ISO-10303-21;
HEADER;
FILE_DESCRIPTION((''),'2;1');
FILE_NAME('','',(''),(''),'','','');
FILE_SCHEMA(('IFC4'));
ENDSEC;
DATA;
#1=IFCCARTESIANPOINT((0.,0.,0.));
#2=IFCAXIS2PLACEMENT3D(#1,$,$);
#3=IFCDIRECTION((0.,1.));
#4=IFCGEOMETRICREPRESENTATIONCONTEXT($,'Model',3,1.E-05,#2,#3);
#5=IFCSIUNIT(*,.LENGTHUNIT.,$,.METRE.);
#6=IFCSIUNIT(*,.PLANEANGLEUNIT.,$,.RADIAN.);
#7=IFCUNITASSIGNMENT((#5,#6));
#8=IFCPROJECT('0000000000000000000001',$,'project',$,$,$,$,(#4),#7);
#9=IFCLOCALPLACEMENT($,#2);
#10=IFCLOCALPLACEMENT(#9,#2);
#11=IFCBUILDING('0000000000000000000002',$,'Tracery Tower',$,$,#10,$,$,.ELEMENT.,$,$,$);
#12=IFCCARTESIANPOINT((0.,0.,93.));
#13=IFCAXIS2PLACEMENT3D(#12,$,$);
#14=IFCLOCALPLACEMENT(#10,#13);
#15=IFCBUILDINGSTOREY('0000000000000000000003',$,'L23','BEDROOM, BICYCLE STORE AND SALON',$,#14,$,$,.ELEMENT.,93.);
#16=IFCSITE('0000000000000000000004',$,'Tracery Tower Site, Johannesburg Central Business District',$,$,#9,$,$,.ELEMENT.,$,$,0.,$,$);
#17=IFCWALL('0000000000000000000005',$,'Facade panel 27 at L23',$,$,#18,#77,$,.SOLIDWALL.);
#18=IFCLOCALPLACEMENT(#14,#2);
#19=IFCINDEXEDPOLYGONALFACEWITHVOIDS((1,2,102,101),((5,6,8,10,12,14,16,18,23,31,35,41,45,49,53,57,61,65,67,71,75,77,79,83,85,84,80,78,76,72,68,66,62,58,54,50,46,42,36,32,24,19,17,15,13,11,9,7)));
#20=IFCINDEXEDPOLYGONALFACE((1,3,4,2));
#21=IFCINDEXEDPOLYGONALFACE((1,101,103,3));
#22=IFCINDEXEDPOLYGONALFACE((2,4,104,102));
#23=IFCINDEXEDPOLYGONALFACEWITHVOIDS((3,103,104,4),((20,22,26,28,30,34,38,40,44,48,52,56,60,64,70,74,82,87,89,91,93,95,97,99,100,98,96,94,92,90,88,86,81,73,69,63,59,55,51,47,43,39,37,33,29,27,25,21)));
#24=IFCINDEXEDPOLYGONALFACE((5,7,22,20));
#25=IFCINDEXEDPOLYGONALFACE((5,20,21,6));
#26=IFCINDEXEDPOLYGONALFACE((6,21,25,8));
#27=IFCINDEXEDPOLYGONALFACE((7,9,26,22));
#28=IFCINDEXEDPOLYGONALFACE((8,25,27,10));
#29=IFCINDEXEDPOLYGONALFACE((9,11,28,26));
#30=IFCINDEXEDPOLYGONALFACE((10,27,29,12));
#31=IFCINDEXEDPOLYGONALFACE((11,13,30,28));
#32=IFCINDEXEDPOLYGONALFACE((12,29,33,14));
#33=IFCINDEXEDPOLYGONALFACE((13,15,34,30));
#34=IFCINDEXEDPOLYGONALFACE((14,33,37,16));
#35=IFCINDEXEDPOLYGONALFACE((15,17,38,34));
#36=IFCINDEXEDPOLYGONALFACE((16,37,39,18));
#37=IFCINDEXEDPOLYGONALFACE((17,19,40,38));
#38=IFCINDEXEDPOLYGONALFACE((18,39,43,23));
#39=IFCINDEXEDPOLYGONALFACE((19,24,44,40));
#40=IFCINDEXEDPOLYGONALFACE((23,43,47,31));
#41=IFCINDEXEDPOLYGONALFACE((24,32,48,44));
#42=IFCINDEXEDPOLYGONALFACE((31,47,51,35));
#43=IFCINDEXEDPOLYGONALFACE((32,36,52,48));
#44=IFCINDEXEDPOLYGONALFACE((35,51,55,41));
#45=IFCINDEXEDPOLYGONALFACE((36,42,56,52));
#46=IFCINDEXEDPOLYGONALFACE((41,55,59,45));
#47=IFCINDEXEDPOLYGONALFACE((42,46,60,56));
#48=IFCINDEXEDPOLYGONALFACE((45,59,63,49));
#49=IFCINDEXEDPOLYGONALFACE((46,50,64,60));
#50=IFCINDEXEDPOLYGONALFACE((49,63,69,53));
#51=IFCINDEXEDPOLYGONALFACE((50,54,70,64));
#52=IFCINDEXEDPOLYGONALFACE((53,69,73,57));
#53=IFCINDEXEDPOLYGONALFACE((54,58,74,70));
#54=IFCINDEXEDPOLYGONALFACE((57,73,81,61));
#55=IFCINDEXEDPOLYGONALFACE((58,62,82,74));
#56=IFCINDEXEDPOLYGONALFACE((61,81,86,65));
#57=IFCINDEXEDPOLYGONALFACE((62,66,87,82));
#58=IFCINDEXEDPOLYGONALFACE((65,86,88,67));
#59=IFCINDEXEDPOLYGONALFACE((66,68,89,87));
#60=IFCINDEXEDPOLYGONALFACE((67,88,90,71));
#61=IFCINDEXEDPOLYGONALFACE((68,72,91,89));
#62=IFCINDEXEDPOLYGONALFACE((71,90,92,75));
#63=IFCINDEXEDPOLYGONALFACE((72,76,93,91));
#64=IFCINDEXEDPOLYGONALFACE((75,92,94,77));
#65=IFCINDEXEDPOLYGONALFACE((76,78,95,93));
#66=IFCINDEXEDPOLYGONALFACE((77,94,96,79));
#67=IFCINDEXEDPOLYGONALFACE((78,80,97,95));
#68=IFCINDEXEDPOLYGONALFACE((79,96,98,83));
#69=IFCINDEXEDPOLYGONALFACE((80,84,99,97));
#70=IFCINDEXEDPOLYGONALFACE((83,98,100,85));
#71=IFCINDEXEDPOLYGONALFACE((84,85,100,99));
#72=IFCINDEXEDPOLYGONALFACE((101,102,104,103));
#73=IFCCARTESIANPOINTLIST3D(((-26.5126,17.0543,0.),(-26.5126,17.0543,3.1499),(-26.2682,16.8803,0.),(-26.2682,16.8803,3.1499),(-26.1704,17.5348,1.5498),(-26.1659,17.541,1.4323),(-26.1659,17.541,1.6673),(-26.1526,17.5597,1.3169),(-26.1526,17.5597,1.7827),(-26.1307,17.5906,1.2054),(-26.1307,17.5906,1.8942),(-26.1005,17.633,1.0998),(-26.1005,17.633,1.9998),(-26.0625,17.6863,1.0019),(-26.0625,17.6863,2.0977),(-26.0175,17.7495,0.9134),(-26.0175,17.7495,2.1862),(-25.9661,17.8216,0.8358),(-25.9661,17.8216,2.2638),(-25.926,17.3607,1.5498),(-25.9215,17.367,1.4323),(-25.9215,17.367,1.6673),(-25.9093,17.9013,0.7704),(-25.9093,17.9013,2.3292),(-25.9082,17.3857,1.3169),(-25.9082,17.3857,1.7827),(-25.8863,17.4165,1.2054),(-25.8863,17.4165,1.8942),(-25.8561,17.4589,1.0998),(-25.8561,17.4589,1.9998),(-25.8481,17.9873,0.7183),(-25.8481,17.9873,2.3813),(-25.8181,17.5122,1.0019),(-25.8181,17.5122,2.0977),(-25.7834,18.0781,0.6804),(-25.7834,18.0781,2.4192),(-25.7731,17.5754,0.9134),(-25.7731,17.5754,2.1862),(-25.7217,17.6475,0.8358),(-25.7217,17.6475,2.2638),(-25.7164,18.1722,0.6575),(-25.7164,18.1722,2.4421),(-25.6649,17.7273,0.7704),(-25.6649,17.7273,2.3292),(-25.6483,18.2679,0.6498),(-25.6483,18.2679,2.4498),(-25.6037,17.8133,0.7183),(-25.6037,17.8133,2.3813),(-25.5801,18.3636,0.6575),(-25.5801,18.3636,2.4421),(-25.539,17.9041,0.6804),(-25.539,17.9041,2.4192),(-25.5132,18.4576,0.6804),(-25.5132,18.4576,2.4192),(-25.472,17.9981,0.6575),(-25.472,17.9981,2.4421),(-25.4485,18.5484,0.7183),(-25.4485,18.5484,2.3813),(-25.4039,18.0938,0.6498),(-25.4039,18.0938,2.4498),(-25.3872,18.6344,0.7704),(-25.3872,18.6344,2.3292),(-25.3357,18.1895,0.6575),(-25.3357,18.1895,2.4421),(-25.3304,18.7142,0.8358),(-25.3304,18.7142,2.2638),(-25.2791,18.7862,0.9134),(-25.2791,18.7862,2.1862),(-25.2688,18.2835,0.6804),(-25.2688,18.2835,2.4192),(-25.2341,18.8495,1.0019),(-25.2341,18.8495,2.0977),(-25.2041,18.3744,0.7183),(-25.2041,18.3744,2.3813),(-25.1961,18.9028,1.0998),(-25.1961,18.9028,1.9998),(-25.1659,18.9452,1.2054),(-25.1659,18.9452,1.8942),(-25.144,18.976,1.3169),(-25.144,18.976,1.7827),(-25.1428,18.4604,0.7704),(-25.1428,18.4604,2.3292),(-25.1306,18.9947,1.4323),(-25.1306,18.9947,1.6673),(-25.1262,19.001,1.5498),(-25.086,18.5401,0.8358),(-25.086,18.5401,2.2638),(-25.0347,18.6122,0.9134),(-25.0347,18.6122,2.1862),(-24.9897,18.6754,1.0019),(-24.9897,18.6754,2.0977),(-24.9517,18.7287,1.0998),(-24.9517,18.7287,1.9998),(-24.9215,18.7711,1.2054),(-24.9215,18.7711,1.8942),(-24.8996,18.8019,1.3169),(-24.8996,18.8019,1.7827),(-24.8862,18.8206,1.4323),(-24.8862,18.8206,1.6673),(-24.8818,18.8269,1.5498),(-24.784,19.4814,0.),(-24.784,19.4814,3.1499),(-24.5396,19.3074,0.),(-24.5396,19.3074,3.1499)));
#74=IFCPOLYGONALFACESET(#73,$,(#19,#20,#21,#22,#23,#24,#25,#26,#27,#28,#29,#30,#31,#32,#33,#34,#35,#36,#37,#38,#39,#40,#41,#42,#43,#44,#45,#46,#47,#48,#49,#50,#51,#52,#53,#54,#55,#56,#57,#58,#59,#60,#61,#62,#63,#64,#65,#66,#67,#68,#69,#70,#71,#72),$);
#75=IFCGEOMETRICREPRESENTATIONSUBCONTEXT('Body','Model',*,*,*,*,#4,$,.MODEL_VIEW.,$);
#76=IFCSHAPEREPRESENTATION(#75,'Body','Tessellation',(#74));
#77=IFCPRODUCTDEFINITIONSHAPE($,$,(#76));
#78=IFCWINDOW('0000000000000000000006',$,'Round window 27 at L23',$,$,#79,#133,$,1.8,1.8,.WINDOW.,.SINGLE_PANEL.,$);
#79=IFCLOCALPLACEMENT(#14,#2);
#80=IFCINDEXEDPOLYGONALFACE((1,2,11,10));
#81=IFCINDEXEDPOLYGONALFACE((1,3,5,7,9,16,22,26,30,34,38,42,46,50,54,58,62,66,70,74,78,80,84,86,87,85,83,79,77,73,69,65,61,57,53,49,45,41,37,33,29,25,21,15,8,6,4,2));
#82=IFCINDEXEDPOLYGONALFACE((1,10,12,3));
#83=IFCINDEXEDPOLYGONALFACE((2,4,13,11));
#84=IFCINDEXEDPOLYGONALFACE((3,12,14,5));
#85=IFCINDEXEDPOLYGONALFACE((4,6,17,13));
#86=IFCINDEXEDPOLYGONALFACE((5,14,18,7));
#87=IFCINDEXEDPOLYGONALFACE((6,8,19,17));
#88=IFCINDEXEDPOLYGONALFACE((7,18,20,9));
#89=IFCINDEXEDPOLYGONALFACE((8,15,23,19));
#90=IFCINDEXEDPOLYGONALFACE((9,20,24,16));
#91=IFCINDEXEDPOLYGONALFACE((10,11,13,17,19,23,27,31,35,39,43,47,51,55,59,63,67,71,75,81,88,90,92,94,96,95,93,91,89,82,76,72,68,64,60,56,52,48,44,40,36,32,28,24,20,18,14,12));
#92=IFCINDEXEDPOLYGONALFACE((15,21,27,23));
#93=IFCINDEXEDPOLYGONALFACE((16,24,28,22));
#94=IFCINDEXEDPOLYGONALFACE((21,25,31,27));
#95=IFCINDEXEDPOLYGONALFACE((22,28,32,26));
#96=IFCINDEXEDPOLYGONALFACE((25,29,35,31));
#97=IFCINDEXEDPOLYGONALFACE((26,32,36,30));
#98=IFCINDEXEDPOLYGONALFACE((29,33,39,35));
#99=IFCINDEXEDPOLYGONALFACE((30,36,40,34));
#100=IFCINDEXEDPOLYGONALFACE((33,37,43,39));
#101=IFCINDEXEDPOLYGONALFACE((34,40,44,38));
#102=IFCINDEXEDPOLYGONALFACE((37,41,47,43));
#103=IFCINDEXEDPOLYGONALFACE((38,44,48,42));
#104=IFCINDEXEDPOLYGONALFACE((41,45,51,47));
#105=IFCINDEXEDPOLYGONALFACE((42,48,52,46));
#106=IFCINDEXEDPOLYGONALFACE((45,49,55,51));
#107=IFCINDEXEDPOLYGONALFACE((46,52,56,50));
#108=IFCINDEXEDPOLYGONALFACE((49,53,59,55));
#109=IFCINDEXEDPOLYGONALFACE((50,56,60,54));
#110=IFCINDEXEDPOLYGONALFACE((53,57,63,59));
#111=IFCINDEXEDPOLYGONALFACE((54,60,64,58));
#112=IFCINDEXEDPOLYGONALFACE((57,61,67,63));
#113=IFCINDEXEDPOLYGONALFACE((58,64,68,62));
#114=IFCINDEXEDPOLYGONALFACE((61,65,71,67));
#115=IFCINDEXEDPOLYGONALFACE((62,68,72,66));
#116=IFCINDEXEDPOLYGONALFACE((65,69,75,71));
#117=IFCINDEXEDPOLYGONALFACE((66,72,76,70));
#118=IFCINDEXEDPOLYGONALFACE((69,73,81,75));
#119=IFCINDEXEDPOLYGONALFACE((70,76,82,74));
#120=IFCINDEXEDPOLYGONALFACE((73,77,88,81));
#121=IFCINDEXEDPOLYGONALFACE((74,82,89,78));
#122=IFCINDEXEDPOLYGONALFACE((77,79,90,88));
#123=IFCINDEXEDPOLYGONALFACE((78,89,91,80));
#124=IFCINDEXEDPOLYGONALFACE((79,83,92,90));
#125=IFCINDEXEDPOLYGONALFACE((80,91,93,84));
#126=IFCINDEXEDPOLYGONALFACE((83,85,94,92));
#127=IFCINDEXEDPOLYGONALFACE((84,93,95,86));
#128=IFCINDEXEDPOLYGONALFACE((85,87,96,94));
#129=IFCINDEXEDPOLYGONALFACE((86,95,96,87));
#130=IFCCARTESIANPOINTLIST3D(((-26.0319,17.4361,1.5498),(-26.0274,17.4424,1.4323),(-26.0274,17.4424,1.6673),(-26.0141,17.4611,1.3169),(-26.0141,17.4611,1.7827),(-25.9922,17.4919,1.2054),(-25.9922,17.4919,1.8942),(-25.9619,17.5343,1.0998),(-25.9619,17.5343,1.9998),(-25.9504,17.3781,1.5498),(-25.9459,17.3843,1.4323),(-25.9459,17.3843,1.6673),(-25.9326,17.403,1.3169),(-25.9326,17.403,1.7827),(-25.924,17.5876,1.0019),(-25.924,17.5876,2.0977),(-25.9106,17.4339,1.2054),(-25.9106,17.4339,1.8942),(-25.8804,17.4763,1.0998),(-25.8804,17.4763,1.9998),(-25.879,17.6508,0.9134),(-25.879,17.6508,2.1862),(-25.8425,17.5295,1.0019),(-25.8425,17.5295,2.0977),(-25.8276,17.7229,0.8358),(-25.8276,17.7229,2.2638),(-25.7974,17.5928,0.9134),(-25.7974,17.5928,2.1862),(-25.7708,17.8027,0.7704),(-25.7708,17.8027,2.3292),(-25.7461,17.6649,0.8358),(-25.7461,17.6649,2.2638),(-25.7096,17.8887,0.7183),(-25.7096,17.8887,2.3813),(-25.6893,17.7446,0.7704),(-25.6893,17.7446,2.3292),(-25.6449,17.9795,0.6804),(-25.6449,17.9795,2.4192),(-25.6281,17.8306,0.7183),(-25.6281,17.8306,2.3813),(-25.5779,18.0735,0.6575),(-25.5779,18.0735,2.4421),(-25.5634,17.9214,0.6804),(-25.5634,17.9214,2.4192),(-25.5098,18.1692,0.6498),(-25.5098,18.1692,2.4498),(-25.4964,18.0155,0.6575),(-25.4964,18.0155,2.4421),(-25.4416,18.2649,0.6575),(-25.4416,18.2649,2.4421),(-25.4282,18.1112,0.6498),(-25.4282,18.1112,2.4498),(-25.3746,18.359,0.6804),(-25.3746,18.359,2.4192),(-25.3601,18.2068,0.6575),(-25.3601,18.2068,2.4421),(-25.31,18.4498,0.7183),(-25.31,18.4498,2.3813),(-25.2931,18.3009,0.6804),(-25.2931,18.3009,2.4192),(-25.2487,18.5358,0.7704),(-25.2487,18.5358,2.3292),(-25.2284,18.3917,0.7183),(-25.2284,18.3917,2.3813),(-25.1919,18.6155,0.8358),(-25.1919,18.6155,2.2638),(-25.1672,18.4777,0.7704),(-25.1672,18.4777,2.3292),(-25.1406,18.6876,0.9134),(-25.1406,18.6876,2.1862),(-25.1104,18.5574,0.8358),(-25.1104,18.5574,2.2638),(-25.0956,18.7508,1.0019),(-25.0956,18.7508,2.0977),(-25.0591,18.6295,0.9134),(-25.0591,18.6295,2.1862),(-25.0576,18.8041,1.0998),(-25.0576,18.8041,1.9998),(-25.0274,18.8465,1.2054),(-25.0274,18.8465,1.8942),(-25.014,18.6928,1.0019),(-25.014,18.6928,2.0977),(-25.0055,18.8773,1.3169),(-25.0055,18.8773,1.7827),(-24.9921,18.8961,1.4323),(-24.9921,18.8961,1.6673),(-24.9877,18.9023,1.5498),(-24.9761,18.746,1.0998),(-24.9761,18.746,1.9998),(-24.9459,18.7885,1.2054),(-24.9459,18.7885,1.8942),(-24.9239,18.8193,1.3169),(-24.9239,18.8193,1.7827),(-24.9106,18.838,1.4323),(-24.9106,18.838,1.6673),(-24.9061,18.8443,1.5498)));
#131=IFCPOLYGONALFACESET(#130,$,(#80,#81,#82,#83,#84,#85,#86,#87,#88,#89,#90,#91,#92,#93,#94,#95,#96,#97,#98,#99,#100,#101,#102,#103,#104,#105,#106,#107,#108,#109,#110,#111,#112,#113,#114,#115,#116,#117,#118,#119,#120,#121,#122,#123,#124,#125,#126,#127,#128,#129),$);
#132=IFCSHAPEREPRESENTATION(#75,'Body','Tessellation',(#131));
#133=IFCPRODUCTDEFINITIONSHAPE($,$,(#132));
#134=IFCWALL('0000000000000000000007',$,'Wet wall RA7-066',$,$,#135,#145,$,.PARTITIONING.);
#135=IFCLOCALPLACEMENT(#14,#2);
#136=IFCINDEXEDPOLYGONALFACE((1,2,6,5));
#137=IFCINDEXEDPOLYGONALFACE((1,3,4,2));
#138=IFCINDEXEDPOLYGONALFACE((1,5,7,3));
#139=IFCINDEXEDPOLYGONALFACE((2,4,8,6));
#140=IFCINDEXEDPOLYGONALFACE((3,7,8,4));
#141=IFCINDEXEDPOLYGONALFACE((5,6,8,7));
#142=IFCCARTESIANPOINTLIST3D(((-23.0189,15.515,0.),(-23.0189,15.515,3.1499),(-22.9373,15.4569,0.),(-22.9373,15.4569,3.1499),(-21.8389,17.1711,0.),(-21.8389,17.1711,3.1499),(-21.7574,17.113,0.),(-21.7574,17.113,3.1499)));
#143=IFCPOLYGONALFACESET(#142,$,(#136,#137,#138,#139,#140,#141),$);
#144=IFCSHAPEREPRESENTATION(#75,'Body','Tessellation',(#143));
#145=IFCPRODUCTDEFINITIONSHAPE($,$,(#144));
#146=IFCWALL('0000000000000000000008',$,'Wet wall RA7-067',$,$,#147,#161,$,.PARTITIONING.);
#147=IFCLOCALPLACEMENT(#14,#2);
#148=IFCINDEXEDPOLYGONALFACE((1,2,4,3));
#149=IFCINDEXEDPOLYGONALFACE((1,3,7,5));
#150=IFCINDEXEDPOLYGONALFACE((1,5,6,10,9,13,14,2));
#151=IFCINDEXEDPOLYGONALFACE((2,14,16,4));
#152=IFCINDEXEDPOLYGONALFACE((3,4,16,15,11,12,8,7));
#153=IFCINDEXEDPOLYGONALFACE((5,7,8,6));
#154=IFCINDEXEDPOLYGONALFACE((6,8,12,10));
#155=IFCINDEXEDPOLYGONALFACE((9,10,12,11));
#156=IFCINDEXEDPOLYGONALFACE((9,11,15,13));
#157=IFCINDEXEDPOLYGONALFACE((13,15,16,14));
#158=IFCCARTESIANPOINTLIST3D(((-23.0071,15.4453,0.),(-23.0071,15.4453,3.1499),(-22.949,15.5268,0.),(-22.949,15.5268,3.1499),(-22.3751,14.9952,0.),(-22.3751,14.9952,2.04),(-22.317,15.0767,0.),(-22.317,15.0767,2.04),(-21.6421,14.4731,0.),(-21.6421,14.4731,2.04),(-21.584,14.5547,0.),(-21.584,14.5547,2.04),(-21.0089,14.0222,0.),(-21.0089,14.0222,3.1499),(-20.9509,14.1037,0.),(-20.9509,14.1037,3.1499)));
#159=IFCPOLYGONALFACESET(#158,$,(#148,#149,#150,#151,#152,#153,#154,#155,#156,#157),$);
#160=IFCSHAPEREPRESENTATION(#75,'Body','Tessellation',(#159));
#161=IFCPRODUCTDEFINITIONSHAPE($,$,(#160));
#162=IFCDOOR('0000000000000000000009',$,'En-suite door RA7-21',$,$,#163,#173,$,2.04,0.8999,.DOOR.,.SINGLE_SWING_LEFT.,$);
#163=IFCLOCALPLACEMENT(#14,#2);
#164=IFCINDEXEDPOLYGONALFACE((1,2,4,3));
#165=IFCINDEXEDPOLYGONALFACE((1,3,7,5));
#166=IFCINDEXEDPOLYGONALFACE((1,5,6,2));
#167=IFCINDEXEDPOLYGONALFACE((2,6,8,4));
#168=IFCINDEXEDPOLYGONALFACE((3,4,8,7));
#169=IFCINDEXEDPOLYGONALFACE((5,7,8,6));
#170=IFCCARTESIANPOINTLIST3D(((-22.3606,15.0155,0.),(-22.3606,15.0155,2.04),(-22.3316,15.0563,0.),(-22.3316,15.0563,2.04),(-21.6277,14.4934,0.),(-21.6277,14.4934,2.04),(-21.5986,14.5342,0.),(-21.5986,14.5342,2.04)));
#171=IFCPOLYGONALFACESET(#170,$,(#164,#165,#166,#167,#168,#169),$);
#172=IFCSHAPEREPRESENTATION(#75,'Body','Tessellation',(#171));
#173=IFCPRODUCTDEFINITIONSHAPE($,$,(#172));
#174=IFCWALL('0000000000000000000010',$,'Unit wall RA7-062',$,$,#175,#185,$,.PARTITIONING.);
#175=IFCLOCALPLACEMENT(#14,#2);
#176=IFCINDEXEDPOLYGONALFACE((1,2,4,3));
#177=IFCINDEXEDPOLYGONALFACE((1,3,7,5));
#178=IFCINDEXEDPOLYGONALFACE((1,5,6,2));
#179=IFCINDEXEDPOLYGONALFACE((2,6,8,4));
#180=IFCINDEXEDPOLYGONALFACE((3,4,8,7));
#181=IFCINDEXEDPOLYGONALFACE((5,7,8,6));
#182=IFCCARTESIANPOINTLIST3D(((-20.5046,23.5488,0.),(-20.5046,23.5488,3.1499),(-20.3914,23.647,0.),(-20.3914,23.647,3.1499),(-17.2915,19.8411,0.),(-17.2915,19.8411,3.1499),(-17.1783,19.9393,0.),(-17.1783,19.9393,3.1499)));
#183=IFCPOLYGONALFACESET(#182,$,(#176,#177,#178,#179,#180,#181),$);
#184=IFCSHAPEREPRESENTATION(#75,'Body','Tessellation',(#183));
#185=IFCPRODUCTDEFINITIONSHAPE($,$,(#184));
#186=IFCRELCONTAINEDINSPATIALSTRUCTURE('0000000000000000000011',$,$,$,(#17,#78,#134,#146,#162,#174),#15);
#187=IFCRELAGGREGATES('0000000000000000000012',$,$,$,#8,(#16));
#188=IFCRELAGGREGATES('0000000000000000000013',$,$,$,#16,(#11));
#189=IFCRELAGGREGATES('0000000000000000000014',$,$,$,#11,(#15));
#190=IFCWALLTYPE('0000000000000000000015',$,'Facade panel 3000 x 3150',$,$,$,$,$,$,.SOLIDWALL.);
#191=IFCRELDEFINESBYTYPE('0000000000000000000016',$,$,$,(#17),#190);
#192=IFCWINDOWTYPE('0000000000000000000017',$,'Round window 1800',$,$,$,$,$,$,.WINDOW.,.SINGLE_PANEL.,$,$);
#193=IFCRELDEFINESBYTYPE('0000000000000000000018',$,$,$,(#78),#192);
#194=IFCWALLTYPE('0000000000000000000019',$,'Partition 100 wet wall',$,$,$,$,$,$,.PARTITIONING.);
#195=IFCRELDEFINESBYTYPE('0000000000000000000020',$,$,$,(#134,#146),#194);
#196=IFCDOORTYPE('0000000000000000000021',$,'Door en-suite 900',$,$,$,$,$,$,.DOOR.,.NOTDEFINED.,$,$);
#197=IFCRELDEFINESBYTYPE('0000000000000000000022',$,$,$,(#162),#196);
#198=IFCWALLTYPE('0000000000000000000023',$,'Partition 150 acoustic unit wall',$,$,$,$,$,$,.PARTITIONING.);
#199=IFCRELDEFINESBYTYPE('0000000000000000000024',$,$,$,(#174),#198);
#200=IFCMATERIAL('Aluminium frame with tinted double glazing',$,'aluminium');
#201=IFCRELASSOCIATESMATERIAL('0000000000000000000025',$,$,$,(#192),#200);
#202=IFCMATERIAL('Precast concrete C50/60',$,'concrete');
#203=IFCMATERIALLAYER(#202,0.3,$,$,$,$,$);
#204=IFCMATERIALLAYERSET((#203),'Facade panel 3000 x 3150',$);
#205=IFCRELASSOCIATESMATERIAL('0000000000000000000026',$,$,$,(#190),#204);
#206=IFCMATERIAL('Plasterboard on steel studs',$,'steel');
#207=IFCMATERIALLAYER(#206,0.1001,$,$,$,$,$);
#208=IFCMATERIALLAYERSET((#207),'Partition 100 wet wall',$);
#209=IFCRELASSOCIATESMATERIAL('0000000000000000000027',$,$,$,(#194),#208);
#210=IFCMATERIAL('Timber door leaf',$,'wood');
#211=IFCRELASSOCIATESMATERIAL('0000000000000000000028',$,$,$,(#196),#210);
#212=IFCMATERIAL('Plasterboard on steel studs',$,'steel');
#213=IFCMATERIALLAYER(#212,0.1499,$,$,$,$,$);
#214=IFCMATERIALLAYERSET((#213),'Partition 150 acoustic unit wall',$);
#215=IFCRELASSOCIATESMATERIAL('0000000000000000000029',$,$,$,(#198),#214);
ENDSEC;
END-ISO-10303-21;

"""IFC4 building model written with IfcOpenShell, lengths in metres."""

from ifc_helpers import new_model, si_unit, direction, frame, frame_2d, origin, origin_2d, place, context, subcontext, project, spatial, rectangle, circle, extrude, material, layer, layer_set, type_object, element, fill, save


model = new_model("IFC4")

# Units and contexts
model_context = context("Model", 3, precision=1e-05, world=origin(), true_north=direction((0.0, 1.0)))
body_context = subcontext(model_context, "Body", "Model", "MODEL_VIEW")
ifc_project = project(units=[si_unit("LENGTHUNIT", "METRE"), si_unit("PLANEANGLEUNIT", "RADIAN")], contexts=[model_context])

# Site, building, storey
site_placement = place(None, origin())
site = spatial("IfcSite", under=ifc_project, at=site_placement, Name="Tracery Tower Site, Johannesburg Central Business District", CompositionType="ELEMENT", RefElevation=0.0)
building_placement = place(site_placement, origin())
building = spatial("IfcBuilding", under=site, at=building_placement, Name="Tracery Tower", CompositionType="ELEMENT")
storey_placement = place(building_placement, frame((0.0, 0.0, 93.0)))
storey = spatial("IfcBuildingStorey", under=building, at=storey_placement, Name="L23", Description="BEDROOM, BICYCLE STORE AND SALON", CompositionType="ELEMENT", Elevation=93.0)

# Wall, opening, window
ifc_material_1 = material(Name="Aluminium frame with tinted double glazing", Category="aluminium")
window_type = type_object("IfcWindowType", Name="Round window 1800", PartitioningType="SINGLE_PANEL", PredefinedType="WINDOW", material=ifc_material_1)
ifc_material_2 = material(Name="Precast concrete C50/60", Category="concrete")
ifc_layer_1 = layer(ifc_material_2, 0.3)
ifc_layer_set_1 = layer_set([ifc_layer_1], Name="Facade panel 3000 x 3150")
wall_type_1 = type_object("IfcWallType", Name="Facade panel 3000 x 3150", PredefinedType="SOLIDWALL", material=ifc_layer_set_1)
wall_1_placement = place(storey_placement, frame((-24.6619, 19.3943, 0.0), z_axis=(0.0, 0.0, 1.0), x_axis=(-0.580114, -0.814535, 0.0)))
wall_1 = element("IfcWall", 1, at=wall_1_placement, inside=storey, type_object=wall_type_1, Name="Facade panel 27 at L23", PredefinedType="SOLIDWALL", context=body_context, shape_type="SweptSolid", body=[
    extrude(rectangle(XDim=2.9797, YDim=0.3, at=frame_2d((1.4897, 0.0))), origin(), (0.0, 0.0, 1.0), 3.1499),
])
opening_1_placement = place(wall_1_placement, frame((1.4897, 0.0, 1.5498)))
opening_1 = element("IfcOpeningElement", 2, at=opening_1_placement, cuts=wall_1, PredefinedType="OPENING", context=body_context, shape_type="SweptSolid", body=[
    extrude(circle(Radius=0.9, at=origin_2d()), frame((0.0, 0.1599, 0.0), z_axis=(0.0, -1.0, 0.0), x_axis=(1.0, 0.0, 0.0)), (0.0, 0.0, 1.0), 0.3201),
])
window_1_placement = place(opening_1_placement, origin())
window_1 = element("IfcWindow", 3, at=window_1_placement, inside=storey, type_object=window_type, Name="Round window 27 at L23", OverallHeight=1.8, OverallWidth=1.8, PartitioningType="SINGLE_PANEL", PredefinedType="WINDOW", context=body_context, shape_type="SweptSolid", body=[
    extrude(circle(Radius=0.9, at=origin_2d()), frame((0.0, 0.1201, 0.0), z_axis=(0.0, -1.0, 0.0), x_axis=(1.0, 0.0, 0.0)), (0.0, 0.0, 1.0), 0.1001),
])
fill(opening_1, window_1)

# Wall
ifc_material_3 = material(Name="Plasterboard on steel studs", Category="steel")
ifc_layer_2 = layer(ifc_material_3, 0.1001)
ifc_layer_set_2 = layer_set([ifc_layer_2], Name="Partition 100 wet wall")
wall_type_2 = type_object("IfcWallType", Name="Partition 100 wet wall", PredefinedType="PARTITIONING", material=ifc_layer_set_2)
wall_2_placement = place(storey_placement, frame((-22.978, 15.4861, 0.0), z_axis=(0.0, 0.0, 1.0), x_axis=(0.580284, 0.814414, 0.0)))
element("IfcWall", 4, at=wall_2_placement, inside=storey, type_object=wall_type_2, Name="Wet wall RA7-066", PredefinedType="PARTITIONING", context=body_context, shape_type="SweptSolid", body=[
    extrude(rectangle(XDim=2.0334, YDim=0.1001, at=frame_2d((1.0166, 0.0))), origin(), (0.0, 0.0, 1.0), 3.1499),
])

# Wall, opening, door
wall_3_placement = place(storey_placement, frame((-22.978, 15.4861, 0.0), z_axis=(0.0, 0.0, 1.0), x_axis=(0.81452, -0.580136, 0.0)))
wall_3 = element("IfcWall", 5, at=wall_3_placement, inside=storey, type_object=wall_type_2, Name="Wet wall RA7-067", PredefinedType="PARTITIONING", context=body_context, shape_type="SweptSolid", body=[
    extrude(rectangle(XDim=2.4531, YDim=0.1001, at=frame_2d((1.2266, 0.0))), origin(), (0.0, 0.0, 1.0), 3.1499),
])
opening_2_placement = place(wall_3_placement, frame((0.7759, 0.0, 0.0)))
opening_2 = element("IfcOpeningElement", 6, at=opening_2_placement, cuts=wall_3, PredefinedType="OPENING", context=body_context, shape_type="SweptSolid", body=[
    extrude(rectangle(XDim=0.8999, YDim=2.04, at=frame_2d((0.45, 1.02))), frame((0.0, 0.05, 0.0), z_axis=(0.0, -1.0, 0.0), x_axis=(1.0, 0.0, 0.0)), (0.0, 0.0, 1.0), 0.1001),
])
ifc_material_4 = material(Name="Timber door leaf", Category="wood")
door_type = type_object("IfcDoorType", Name="Door en-suite 900", OperationType="NOTDEFINED", PredefinedType="DOOR", material=ifc_material_4)
door_placement = place(opening_2_placement, origin())
door = element("IfcDoor", 7, at=door_placement, inside=storey, type_object=door_type, Name="En-suite door RA7-21", OperationType="SINGLE_SWING_LEFT", OverallHeight=2.04, OverallWidth=0.8999, PredefinedType="DOOR", context=body_context, shape_type="SweptSolid", body=[
    extrude(rectangle(XDim=0.8999, YDim=2.04, at=frame_2d((0.45, 1.02))), frame((0.0, 0.0249, 0.0), z_axis=(0.0, -1.0, 0.0), x_axis=(1.0, 0.0, 0.0)), (0.0, 0.0, 1.0), 0.05),
])
fill(opening_2, door)

# Wall
ifc_material_5 = material(Name="Plasterboard on steel studs", Category="steel")
ifc_layer_3 = layer(ifc_material_5, 0.1499)
ifc_layer_set_3 = layer_set([ifc_layer_3], Name="Partition 150 acoustic unit wall")
wall_type_3 = type_object("IfcWallType", Name="Partition 150 acoustic unit wall", PredefinedType="PARTITIONING", material=ifc_layer_set_3)
wall_4_placement = place(storey_placement, frame((-20.448, 23.5979, 0.0), z_axis=(0.0, 0.0, 1.0), x_axis=(0.6549, -0.755715, 0.0)))
element("IfcWall", 8, at=wall_4_placement, inside=storey, type_object=wall_type_3, Name="Unit wall RA7-062", PredefinedType="PARTITIONING", context=body_context, shape_type="SweptSolid", body=[
    extrude(rectangle(XDim=4.9062, YDim=0.1499, at=frame_2d((2.4531, 0.0))), origin(), (0.0, 0.0, 1.0), 3.1499),
])

save(model, "model.ifc")
